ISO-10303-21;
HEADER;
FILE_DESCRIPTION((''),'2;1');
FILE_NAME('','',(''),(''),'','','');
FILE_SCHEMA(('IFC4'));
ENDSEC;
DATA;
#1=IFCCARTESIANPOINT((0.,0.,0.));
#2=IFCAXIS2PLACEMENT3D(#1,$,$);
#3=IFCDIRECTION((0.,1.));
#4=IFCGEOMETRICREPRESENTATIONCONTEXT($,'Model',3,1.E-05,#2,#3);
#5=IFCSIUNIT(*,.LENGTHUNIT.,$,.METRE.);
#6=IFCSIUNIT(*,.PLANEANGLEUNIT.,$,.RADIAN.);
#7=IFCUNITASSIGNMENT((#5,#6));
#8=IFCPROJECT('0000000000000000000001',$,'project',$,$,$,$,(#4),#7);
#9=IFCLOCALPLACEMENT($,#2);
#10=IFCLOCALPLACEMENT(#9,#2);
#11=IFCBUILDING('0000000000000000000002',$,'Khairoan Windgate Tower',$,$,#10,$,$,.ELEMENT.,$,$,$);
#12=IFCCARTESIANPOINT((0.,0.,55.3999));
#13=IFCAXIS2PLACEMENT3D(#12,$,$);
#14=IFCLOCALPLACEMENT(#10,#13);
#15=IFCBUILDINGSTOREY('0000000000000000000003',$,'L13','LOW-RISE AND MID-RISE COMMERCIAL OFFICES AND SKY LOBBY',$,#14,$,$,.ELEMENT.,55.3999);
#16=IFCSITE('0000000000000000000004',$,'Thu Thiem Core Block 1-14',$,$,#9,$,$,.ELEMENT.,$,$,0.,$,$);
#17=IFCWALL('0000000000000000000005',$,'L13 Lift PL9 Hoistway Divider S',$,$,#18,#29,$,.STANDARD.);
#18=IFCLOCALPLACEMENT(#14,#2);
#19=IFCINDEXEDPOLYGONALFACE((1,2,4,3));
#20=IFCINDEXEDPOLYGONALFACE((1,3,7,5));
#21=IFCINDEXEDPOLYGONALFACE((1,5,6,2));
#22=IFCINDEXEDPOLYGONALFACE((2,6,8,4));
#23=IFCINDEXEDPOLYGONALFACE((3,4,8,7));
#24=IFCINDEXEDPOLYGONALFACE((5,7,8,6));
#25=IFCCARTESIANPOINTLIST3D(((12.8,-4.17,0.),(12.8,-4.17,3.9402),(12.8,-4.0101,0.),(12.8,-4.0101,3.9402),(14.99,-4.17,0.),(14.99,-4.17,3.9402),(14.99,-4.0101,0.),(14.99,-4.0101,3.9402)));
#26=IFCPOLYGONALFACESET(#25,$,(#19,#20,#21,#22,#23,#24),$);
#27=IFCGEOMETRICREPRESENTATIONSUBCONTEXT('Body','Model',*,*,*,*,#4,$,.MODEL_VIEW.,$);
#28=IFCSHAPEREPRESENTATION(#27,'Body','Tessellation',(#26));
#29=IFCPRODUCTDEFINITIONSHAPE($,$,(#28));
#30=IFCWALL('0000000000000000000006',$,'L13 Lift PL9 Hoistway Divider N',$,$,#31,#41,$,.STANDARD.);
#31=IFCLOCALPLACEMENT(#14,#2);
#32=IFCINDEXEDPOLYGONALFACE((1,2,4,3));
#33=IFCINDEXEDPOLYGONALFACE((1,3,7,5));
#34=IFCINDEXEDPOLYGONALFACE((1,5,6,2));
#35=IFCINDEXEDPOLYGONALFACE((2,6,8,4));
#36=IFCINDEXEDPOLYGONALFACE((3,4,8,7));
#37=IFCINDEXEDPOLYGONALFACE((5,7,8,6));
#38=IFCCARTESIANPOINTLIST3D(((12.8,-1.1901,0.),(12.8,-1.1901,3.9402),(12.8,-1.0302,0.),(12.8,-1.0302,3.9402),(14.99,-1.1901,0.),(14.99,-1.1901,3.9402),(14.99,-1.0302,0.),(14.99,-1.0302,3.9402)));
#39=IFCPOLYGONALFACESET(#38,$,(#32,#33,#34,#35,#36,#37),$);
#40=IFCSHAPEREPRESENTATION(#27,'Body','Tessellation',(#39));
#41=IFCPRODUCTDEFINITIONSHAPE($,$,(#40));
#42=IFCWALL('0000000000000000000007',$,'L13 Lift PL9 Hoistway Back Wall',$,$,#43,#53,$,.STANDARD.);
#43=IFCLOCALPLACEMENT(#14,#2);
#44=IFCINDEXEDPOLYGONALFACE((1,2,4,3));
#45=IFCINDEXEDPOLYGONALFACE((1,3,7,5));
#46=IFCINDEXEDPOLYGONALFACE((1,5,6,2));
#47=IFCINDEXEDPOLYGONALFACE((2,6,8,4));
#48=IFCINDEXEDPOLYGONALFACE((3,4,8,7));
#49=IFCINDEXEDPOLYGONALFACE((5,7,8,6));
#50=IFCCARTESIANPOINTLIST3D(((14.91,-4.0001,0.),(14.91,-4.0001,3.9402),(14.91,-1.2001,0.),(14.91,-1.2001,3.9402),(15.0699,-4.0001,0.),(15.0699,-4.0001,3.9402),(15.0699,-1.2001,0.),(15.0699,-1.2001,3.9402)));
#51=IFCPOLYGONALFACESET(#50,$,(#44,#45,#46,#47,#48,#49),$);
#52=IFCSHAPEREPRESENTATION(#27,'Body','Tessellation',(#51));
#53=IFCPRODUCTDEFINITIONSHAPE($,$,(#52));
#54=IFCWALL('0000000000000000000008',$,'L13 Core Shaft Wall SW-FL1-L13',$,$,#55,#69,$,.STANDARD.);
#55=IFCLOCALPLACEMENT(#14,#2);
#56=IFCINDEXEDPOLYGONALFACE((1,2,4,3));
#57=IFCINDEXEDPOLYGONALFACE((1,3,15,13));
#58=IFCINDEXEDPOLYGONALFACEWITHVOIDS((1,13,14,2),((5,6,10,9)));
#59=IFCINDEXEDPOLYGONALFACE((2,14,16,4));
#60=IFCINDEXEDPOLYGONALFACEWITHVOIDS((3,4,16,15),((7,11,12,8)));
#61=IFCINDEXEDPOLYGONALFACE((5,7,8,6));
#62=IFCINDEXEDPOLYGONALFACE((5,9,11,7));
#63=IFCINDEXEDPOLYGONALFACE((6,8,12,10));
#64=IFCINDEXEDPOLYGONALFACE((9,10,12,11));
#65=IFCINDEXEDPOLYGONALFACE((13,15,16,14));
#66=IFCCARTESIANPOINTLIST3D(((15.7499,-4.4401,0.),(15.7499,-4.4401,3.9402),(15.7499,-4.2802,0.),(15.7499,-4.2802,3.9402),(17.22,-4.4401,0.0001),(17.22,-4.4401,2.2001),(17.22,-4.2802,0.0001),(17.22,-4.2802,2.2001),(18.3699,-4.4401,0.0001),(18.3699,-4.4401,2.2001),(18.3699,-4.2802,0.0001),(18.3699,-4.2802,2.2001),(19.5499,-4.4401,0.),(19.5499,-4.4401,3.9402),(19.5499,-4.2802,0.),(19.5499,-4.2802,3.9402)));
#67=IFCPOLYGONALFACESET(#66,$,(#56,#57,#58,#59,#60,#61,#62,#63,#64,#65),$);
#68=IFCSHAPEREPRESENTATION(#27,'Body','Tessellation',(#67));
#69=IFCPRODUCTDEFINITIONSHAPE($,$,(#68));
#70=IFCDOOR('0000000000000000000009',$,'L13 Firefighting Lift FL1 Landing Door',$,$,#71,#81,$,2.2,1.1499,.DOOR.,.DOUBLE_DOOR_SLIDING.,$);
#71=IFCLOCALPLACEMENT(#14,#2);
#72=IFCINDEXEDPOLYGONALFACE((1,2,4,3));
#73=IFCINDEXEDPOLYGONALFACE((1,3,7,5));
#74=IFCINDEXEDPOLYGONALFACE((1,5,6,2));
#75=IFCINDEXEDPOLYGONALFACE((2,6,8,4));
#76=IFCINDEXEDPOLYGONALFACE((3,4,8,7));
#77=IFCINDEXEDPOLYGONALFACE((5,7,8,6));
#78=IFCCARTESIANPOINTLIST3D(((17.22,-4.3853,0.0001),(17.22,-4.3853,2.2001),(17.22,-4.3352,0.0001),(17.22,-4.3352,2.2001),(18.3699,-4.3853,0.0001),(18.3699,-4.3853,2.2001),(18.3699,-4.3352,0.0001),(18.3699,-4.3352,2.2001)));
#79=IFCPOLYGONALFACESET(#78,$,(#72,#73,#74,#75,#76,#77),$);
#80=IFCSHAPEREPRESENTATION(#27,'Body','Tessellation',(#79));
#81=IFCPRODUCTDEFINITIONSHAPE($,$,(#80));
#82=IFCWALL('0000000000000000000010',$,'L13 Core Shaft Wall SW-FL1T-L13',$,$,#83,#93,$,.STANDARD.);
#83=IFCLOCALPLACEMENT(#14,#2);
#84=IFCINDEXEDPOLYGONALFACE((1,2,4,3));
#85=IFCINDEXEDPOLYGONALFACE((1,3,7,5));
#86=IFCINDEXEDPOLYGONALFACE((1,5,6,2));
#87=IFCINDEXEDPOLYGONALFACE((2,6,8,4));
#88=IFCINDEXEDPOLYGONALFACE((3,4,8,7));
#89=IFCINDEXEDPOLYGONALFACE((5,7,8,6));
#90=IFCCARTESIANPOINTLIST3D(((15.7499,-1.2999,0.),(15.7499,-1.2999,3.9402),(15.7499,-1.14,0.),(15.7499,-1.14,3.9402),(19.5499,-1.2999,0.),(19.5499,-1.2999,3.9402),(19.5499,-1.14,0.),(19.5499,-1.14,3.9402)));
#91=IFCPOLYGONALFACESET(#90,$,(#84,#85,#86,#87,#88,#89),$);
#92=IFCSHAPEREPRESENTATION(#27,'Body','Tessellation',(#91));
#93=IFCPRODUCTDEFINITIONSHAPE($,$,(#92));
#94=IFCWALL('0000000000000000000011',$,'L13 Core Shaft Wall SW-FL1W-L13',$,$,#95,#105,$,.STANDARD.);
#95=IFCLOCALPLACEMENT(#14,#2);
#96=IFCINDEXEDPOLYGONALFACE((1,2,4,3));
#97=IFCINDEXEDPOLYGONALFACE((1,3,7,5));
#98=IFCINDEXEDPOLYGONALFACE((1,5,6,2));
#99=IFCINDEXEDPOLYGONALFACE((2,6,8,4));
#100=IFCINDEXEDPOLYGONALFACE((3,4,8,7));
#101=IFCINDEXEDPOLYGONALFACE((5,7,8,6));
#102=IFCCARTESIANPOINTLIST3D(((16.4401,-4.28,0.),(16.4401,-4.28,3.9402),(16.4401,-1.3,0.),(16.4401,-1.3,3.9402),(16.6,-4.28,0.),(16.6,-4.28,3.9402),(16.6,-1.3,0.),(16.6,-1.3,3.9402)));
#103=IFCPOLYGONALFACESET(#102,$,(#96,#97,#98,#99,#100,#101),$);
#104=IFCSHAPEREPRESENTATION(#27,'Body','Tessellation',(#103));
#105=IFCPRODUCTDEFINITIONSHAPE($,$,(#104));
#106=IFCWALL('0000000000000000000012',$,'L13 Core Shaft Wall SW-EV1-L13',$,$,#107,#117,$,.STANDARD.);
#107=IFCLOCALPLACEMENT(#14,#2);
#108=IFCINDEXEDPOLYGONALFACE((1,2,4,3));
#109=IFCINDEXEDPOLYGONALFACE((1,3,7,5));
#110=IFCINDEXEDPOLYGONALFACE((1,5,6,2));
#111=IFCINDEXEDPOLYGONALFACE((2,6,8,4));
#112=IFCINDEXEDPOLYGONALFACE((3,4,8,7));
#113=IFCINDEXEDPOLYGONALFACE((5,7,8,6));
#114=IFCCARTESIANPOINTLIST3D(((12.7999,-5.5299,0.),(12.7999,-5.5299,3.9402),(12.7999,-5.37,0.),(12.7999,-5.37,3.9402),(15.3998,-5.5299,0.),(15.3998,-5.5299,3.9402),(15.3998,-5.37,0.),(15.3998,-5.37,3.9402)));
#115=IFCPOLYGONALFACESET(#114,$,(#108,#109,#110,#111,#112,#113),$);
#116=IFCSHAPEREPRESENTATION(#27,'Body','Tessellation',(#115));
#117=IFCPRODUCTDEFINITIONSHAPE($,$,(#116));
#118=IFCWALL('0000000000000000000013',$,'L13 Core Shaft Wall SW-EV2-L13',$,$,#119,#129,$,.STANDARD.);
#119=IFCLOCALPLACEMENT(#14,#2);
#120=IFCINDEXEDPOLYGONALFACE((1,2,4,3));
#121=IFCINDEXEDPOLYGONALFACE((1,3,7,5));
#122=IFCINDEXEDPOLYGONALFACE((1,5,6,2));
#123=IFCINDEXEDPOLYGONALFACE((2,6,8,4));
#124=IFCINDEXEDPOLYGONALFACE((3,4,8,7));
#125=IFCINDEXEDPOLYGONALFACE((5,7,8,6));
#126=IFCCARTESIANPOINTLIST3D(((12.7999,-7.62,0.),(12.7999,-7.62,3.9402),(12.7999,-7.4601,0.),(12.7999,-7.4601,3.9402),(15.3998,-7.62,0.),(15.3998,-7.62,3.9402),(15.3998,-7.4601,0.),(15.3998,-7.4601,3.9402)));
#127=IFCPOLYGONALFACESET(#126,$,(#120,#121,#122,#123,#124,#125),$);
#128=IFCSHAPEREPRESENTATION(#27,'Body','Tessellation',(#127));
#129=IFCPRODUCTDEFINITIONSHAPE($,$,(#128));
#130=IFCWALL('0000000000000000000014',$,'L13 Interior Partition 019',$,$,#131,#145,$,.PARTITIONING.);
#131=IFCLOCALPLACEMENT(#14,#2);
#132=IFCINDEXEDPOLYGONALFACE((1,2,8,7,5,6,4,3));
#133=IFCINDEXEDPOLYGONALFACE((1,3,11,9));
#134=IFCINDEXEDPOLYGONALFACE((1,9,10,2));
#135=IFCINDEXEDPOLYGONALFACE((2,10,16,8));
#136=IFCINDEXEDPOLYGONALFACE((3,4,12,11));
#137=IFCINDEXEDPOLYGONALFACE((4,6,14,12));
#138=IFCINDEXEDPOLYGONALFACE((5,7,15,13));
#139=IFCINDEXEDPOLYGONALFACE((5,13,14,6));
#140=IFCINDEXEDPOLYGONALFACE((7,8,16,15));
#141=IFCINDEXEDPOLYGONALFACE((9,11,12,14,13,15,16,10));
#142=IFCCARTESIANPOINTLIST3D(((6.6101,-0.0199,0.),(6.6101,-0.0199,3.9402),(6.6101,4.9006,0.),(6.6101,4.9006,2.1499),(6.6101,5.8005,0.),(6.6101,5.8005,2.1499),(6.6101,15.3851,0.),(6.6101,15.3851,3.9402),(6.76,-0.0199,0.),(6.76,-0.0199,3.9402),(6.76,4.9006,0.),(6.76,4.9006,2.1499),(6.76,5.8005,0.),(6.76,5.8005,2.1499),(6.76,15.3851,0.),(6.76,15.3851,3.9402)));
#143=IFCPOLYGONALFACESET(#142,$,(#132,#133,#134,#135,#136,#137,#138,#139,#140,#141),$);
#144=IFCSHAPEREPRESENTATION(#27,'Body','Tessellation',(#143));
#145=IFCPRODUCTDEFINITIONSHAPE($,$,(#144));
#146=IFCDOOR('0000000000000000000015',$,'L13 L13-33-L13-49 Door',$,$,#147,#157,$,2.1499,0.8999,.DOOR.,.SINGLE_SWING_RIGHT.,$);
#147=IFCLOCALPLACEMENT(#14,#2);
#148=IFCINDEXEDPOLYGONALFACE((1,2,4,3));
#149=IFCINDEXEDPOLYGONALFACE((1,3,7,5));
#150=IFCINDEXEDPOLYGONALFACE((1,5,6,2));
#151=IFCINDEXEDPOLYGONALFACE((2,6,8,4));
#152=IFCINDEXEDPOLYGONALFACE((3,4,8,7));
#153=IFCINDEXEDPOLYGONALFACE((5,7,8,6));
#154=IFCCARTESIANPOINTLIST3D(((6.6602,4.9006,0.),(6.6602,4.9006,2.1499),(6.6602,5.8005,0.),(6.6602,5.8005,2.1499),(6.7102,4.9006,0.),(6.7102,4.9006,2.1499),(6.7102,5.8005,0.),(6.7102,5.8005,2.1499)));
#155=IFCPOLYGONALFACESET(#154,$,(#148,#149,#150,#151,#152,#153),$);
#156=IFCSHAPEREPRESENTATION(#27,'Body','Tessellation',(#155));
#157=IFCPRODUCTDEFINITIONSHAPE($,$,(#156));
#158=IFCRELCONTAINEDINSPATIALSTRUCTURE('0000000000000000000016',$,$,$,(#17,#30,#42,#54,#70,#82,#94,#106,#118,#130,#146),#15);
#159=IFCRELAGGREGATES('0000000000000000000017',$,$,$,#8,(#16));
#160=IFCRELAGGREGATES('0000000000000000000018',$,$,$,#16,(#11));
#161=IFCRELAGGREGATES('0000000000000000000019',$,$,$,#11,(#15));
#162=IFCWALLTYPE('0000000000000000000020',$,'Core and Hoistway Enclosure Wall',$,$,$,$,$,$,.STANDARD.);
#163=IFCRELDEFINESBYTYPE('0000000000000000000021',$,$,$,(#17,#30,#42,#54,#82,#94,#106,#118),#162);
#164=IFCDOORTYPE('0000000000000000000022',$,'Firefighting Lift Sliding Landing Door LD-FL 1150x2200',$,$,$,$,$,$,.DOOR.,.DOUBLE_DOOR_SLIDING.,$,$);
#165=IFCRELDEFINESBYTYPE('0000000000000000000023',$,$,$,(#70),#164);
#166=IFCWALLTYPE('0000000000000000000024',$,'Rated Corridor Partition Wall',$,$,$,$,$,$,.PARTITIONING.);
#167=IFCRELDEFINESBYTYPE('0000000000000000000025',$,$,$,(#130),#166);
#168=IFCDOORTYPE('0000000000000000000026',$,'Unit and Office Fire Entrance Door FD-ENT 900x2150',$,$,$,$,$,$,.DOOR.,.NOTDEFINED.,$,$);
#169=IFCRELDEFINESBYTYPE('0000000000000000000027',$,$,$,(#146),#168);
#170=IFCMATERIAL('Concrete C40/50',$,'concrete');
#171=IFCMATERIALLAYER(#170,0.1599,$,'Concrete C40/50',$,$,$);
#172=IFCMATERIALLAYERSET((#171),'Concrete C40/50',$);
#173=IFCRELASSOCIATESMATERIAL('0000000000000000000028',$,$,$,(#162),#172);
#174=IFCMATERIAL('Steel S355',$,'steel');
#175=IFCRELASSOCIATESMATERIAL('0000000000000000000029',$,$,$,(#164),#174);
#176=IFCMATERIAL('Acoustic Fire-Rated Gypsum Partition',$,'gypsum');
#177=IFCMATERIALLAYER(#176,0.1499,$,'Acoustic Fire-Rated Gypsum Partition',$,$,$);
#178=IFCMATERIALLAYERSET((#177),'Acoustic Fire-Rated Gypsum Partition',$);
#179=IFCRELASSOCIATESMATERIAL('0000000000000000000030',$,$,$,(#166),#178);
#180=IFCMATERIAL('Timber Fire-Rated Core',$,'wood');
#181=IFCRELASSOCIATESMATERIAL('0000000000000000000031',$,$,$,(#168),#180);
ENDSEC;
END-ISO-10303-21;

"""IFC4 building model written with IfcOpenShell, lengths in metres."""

from ifc_helpers import new_model, si_unit, direction, frame, frame_2d, origin, place, context, subcontext, project, spatial, rectangle, extrude, material, layer, layer_set, type_object, element, fill, save


model = new_model("IFC4")

# Units and contexts
model_context = context("Model", 3, precision=1e-05, world=origin(), true_north=direction((0.0, 1.0)))
body_context = subcontext(model_context, "Body", "Model", "MODEL_VIEW")
ifc_project = project(units=[si_unit("LENGTHUNIT", "METRE"), si_unit("PLANEANGLEUNIT", "RADIAN")], contexts=[model_context])

# Site, building, storey
site_placement = place(None, origin())
site = spatial("IfcSite", under=ifc_project, at=site_placement, Name="Thu Thiem Core Block 1-14", CompositionType="ELEMENT", RefElevation=0.0)
building_placement = place(site_placement, origin())
building = spatial("IfcBuilding", under=site, at=building_placement, Name="Khairoan Windgate Tower", CompositionType="ELEMENT")
storey_placement = place(building_placement, frame((0.0, 0.0, 55.3999)))
storey = spatial("IfcBuildingStorey", under=building, at=storey_placement, Name="L13", Description="LOW-RISE AND MID-RISE COMMERCIAL OFFICES AND SKY LOBBY", CompositionType="ELEMENT", Elevation=55.3999)

# Walls
ifc_material_1 = material(Name="Concrete C40/50", Category="concrete")
ifc_layer_1 = layer(ifc_material_1, 0.1599, Name="Concrete C40/50")
ifc_layer_set_1 = layer_set([ifc_layer_1], Name="Concrete C40/50")
wall_type_1 = type_object("IfcWallType", Name="Core and Hoistway Enclosure Wall", PredefinedType="STANDARD", material=ifc_layer_set_1)
for number, where, z_axis, x_axis, name in (
    (1, (12.8, -4.0901, 0.0), (0.0, 0.0, 1.0), (1.0, 0.0, 0.0), "L13 Lift PL9 Hoistway Divider S"),
    (2, (12.8, -1.1101, 0.0), (0.0, 0.0, 1.0), (1.0, 0.0, 0.0), "L13 Lift PL9 Hoistway Divider N"),
):
    element("IfcWall", number, at=place(storey_placement, frame(where, z_axis=z_axis, x_axis=x_axis)), inside=storey, type_object=wall_type_1, Name=name, PredefinedType="STANDARD", context=body_context, shape_type="SweptSolid", body=[
        extrude(rectangle(XDim=2.1899, YDim=0.1599, at=frame_2d((1.095, 0.0))), origin(), (0.0, 0.0, 1.0), 3.9402),
    ])
wall_1_placement = place(storey_placement, frame((14.99, -4.0, 0.0), z_axis=(0.0, 0.0, 1.0), x_axis=(0.0, 1.0, 0.0)))
element("IfcWall", 3, at=wall_1_placement, inside=storey, type_object=wall_type_1, Name="L13 Lift PL9 Hoistway Back Wall", PredefinedType="STANDARD", context=body_context, shape_type="SweptSolid", body=[
    extrude(rectangle(XDim=2.8, YDim=0.1599, at=frame_2d((1.3999, 0.0))), origin(), (0.0, 0.0, 1.0), 3.9402),
])

# Wall, opening, door
wall_2_placement = place(storey_placement, frame((15.75, -4.3601, 0.0), z_axis=(0.0, 0.0, 1.0), x_axis=(1.0, 0.0, 0.0)))
wall_2 = element("IfcWall", 4, at=wall_2_placement, inside=storey, type_object=wall_type_1, Name="L13 Core Shaft Wall SW-FL1-L13", PredefinedType="STANDARD", context=body_context, shape_type="SweptSolid", body=[
    extrude(rectangle(XDim=3.8, YDim=0.1599, at=frame_2d((1.8999, 0.0))), origin(), (0.0, 0.0, 1.0), 3.9402),
])
opening_1_placement = place(wall_2_placement, frame((1.47, 0.0, 0.0)))
opening_1 = element("IfcOpeningElement", 5, at=opening_1_placement, cuts=wall_2, PredefinedType="OPENING", context=body_context, shape_type="SweptSolid", body=[
    extrude(rectangle(XDim=1.1499, YDim=2.2, at=frame_2d((0.575, 1.1001))), frame((0.0, 0.0898, 0.0), z_axis=(0.0, -1.0, 0.0), x_axis=(1.0, 0.0, 0.0)), (0.0, 0.0, 1.0), 0.1799),
])
ifc_material_2 = material(Name="Steel S355", Category="steel")
door_type_1 = type_object("IfcDoorType", Name="Firefighting Lift Sliding Landing Door LD-FL 1150x2200", OperationType="DOUBLE_DOOR_SLIDING", PredefinedType="DOOR", material=ifc_material_2)
door_1_placement = place(opening_1_placement, origin())
door_1 = element("IfcDoor", 6, at=door_1_placement, inside=storey, type_object=door_type_1, Name="L13 Firefighting Lift FL1 Landing Door", OperationType="DOUBLE_DOOR_SLIDING", OverallHeight=2.2, OverallWidth=1.1499, PredefinedType="DOOR", context=body_context, shape_type="SweptSolid", body=[
    extrude(rectangle(XDim=1.1499, YDim=2.2, at=frame_2d((0.575, 1.1001))), frame((0.0, 0.0249, 0.0), z_axis=(0.0, -1.0, 0.0), x_axis=(1.0, 0.0, 0.0)), (0.0, 0.0, 1.0), 0.05),
])
fill(opening_1, door_1)

# Walls
wall_3_placement = place(storey_placement, frame((15.75, -1.22, 0.0), z_axis=(0.0, 0.0, 1.0), x_axis=(1.0, 0.0, 0.0)))
element("IfcWall", 7, at=wall_3_placement, inside=storey, type_object=wall_type_1, Name="L13 Core Shaft Wall SW-FL1T-L13", PredefinedType="STANDARD", context=body_context, shape_type="SweptSolid", body=[
    extrude(rectangle(XDim=3.8, YDim=0.1599, at=frame_2d((1.8999, 0.0))), origin(), (0.0, 0.0, 1.0), 3.9402),
])
wall_4_placement = place(storey_placement, frame((16.52, -4.28, 0.0), z_axis=(0.0, 0.0, 1.0), x_axis=(0.0, 1.0, 0.0)))
element("IfcWall", 8, at=wall_4_placement, inside=storey, type_object=wall_type_1, Name="L13 Core Shaft Wall SW-FL1W-L13", PredefinedType="STANDARD", context=body_context, shape_type="SweptSolid", body=[
    extrude(rectangle(XDim=2.98, YDim=0.1599, at=frame_2d((1.49, 0.0))), origin(), (0.0, 0.0, 1.0), 3.9402),
])
for number, where, z_axis, x_axis, name in (
    (9, (12.8, -5.45, 0.0), (0.0, 0.0, 1.0), (1.0, 0.0, 0.0), "L13 Core Shaft Wall SW-EV1-L13"),
    (10, (12.8, -7.54, 0.0), (0.0, 0.0, 1.0), (1.0, 0.0, 0.0), "L13 Core Shaft Wall SW-EV2-L13"),
):
    element("IfcWall", number, at=place(storey_placement, frame(where, z_axis=z_axis, x_axis=x_axis)), inside=storey, type_object=wall_type_1, Name=name, PredefinedType="STANDARD", context=body_context, shape_type="SweptSolid", body=[
        extrude(rectangle(XDim=2.5999, YDim=0.1599, at=frame_2d((1.2998, 0.0))), origin(), (0.0, 0.0, 1.0), 3.9402),
    ])

# Wall, opening, door
ifc_material_3 = material(Name="Acoustic Fire-Rated Gypsum Partition", Category="gypsum")
ifc_layer_2 = layer(ifc_material_3, 0.1499, Name="Acoustic Fire-Rated Gypsum Partition")
ifc_layer_set_2 = layer_set([ifc_layer_2], Name="Acoustic Fire-Rated Gypsum Partition")
wall_type_2 = type_object("IfcWallType", Name="Rated Corridor Partition Wall", PredefinedType="PARTITIONING", material=ifc_layer_set_2)
wall_5_placement = place(storey_placement, frame((6.6851, -0.02, 0.0), z_axis=(0.0, 0.0, 1.0), x_axis=(0.0, 1.0, 0.0)))
wall_5 = element("IfcWall", 11, at=wall_5_placement, inside=storey, type_object=wall_type_2, Name="L13 Interior Partition 019", PredefinedType="PARTITIONING", context=body_context, shape_type="SweptSolid", body=[
    extrude(rectangle(XDim=15.405, YDim=0.1499, at=frame_2d((7.7026, 0.0))), origin(), (0.0, 0.0, 1.0), 3.9402),
])
opening_2_placement = place(wall_5_placement, frame((4.9207, 0.0, 0.0)))
opening_2 = element("IfcOpeningElement", 12, at=opening_2_placement, cuts=wall_5, PredefinedType="OPENING", context=body_context, shape_type="SweptSolid", body=[
    extrude(rectangle(XDim=0.8999, YDim=2.1499, at=frame_2d((0.45, 1.075))), frame((0.0, 0.085, 0.0), z_axis=(0.0, -1.0, 0.0), x_axis=(1.0, 0.0, 0.0)), (0.0, 0.0, 1.0), 0.1699),
])
ifc_material_4 = material(Name="Timber Fire-Rated Core", Category="wood")
door_type_2 = type_object("IfcDoorType", Name="Unit and Office Fire Entrance Door FD-ENT 900x2150", OperationType="NOTDEFINED", PredefinedType="DOOR", material=ifc_material_4)
door_2_placement = place(opening_2_placement, origin())
door_2 = element("IfcDoor", 13, at=door_2_placement, inside=storey, type_object=door_type_2, Name="L13 L13-33-L13-49 Door", OperationType="SINGLE_SWING_RIGHT", OverallHeight=2.1499, OverallWidth=0.8999, PredefinedType="DOOR", context=body_context, shape_type="SweptSolid", body=[
    extrude(rectangle(XDim=0.8999, YDim=2.1499, at=frame_2d((0.45, 1.075))), frame((0.0, 0.0249, 0.0), z_axis=(0.0, -1.0, 0.0), x_axis=(1.0, 0.0, 0.0)), (0.0, 0.0, 1.0), 0.05),
])
fill(opening_2, door_2)

save(model, "model.ifc")
